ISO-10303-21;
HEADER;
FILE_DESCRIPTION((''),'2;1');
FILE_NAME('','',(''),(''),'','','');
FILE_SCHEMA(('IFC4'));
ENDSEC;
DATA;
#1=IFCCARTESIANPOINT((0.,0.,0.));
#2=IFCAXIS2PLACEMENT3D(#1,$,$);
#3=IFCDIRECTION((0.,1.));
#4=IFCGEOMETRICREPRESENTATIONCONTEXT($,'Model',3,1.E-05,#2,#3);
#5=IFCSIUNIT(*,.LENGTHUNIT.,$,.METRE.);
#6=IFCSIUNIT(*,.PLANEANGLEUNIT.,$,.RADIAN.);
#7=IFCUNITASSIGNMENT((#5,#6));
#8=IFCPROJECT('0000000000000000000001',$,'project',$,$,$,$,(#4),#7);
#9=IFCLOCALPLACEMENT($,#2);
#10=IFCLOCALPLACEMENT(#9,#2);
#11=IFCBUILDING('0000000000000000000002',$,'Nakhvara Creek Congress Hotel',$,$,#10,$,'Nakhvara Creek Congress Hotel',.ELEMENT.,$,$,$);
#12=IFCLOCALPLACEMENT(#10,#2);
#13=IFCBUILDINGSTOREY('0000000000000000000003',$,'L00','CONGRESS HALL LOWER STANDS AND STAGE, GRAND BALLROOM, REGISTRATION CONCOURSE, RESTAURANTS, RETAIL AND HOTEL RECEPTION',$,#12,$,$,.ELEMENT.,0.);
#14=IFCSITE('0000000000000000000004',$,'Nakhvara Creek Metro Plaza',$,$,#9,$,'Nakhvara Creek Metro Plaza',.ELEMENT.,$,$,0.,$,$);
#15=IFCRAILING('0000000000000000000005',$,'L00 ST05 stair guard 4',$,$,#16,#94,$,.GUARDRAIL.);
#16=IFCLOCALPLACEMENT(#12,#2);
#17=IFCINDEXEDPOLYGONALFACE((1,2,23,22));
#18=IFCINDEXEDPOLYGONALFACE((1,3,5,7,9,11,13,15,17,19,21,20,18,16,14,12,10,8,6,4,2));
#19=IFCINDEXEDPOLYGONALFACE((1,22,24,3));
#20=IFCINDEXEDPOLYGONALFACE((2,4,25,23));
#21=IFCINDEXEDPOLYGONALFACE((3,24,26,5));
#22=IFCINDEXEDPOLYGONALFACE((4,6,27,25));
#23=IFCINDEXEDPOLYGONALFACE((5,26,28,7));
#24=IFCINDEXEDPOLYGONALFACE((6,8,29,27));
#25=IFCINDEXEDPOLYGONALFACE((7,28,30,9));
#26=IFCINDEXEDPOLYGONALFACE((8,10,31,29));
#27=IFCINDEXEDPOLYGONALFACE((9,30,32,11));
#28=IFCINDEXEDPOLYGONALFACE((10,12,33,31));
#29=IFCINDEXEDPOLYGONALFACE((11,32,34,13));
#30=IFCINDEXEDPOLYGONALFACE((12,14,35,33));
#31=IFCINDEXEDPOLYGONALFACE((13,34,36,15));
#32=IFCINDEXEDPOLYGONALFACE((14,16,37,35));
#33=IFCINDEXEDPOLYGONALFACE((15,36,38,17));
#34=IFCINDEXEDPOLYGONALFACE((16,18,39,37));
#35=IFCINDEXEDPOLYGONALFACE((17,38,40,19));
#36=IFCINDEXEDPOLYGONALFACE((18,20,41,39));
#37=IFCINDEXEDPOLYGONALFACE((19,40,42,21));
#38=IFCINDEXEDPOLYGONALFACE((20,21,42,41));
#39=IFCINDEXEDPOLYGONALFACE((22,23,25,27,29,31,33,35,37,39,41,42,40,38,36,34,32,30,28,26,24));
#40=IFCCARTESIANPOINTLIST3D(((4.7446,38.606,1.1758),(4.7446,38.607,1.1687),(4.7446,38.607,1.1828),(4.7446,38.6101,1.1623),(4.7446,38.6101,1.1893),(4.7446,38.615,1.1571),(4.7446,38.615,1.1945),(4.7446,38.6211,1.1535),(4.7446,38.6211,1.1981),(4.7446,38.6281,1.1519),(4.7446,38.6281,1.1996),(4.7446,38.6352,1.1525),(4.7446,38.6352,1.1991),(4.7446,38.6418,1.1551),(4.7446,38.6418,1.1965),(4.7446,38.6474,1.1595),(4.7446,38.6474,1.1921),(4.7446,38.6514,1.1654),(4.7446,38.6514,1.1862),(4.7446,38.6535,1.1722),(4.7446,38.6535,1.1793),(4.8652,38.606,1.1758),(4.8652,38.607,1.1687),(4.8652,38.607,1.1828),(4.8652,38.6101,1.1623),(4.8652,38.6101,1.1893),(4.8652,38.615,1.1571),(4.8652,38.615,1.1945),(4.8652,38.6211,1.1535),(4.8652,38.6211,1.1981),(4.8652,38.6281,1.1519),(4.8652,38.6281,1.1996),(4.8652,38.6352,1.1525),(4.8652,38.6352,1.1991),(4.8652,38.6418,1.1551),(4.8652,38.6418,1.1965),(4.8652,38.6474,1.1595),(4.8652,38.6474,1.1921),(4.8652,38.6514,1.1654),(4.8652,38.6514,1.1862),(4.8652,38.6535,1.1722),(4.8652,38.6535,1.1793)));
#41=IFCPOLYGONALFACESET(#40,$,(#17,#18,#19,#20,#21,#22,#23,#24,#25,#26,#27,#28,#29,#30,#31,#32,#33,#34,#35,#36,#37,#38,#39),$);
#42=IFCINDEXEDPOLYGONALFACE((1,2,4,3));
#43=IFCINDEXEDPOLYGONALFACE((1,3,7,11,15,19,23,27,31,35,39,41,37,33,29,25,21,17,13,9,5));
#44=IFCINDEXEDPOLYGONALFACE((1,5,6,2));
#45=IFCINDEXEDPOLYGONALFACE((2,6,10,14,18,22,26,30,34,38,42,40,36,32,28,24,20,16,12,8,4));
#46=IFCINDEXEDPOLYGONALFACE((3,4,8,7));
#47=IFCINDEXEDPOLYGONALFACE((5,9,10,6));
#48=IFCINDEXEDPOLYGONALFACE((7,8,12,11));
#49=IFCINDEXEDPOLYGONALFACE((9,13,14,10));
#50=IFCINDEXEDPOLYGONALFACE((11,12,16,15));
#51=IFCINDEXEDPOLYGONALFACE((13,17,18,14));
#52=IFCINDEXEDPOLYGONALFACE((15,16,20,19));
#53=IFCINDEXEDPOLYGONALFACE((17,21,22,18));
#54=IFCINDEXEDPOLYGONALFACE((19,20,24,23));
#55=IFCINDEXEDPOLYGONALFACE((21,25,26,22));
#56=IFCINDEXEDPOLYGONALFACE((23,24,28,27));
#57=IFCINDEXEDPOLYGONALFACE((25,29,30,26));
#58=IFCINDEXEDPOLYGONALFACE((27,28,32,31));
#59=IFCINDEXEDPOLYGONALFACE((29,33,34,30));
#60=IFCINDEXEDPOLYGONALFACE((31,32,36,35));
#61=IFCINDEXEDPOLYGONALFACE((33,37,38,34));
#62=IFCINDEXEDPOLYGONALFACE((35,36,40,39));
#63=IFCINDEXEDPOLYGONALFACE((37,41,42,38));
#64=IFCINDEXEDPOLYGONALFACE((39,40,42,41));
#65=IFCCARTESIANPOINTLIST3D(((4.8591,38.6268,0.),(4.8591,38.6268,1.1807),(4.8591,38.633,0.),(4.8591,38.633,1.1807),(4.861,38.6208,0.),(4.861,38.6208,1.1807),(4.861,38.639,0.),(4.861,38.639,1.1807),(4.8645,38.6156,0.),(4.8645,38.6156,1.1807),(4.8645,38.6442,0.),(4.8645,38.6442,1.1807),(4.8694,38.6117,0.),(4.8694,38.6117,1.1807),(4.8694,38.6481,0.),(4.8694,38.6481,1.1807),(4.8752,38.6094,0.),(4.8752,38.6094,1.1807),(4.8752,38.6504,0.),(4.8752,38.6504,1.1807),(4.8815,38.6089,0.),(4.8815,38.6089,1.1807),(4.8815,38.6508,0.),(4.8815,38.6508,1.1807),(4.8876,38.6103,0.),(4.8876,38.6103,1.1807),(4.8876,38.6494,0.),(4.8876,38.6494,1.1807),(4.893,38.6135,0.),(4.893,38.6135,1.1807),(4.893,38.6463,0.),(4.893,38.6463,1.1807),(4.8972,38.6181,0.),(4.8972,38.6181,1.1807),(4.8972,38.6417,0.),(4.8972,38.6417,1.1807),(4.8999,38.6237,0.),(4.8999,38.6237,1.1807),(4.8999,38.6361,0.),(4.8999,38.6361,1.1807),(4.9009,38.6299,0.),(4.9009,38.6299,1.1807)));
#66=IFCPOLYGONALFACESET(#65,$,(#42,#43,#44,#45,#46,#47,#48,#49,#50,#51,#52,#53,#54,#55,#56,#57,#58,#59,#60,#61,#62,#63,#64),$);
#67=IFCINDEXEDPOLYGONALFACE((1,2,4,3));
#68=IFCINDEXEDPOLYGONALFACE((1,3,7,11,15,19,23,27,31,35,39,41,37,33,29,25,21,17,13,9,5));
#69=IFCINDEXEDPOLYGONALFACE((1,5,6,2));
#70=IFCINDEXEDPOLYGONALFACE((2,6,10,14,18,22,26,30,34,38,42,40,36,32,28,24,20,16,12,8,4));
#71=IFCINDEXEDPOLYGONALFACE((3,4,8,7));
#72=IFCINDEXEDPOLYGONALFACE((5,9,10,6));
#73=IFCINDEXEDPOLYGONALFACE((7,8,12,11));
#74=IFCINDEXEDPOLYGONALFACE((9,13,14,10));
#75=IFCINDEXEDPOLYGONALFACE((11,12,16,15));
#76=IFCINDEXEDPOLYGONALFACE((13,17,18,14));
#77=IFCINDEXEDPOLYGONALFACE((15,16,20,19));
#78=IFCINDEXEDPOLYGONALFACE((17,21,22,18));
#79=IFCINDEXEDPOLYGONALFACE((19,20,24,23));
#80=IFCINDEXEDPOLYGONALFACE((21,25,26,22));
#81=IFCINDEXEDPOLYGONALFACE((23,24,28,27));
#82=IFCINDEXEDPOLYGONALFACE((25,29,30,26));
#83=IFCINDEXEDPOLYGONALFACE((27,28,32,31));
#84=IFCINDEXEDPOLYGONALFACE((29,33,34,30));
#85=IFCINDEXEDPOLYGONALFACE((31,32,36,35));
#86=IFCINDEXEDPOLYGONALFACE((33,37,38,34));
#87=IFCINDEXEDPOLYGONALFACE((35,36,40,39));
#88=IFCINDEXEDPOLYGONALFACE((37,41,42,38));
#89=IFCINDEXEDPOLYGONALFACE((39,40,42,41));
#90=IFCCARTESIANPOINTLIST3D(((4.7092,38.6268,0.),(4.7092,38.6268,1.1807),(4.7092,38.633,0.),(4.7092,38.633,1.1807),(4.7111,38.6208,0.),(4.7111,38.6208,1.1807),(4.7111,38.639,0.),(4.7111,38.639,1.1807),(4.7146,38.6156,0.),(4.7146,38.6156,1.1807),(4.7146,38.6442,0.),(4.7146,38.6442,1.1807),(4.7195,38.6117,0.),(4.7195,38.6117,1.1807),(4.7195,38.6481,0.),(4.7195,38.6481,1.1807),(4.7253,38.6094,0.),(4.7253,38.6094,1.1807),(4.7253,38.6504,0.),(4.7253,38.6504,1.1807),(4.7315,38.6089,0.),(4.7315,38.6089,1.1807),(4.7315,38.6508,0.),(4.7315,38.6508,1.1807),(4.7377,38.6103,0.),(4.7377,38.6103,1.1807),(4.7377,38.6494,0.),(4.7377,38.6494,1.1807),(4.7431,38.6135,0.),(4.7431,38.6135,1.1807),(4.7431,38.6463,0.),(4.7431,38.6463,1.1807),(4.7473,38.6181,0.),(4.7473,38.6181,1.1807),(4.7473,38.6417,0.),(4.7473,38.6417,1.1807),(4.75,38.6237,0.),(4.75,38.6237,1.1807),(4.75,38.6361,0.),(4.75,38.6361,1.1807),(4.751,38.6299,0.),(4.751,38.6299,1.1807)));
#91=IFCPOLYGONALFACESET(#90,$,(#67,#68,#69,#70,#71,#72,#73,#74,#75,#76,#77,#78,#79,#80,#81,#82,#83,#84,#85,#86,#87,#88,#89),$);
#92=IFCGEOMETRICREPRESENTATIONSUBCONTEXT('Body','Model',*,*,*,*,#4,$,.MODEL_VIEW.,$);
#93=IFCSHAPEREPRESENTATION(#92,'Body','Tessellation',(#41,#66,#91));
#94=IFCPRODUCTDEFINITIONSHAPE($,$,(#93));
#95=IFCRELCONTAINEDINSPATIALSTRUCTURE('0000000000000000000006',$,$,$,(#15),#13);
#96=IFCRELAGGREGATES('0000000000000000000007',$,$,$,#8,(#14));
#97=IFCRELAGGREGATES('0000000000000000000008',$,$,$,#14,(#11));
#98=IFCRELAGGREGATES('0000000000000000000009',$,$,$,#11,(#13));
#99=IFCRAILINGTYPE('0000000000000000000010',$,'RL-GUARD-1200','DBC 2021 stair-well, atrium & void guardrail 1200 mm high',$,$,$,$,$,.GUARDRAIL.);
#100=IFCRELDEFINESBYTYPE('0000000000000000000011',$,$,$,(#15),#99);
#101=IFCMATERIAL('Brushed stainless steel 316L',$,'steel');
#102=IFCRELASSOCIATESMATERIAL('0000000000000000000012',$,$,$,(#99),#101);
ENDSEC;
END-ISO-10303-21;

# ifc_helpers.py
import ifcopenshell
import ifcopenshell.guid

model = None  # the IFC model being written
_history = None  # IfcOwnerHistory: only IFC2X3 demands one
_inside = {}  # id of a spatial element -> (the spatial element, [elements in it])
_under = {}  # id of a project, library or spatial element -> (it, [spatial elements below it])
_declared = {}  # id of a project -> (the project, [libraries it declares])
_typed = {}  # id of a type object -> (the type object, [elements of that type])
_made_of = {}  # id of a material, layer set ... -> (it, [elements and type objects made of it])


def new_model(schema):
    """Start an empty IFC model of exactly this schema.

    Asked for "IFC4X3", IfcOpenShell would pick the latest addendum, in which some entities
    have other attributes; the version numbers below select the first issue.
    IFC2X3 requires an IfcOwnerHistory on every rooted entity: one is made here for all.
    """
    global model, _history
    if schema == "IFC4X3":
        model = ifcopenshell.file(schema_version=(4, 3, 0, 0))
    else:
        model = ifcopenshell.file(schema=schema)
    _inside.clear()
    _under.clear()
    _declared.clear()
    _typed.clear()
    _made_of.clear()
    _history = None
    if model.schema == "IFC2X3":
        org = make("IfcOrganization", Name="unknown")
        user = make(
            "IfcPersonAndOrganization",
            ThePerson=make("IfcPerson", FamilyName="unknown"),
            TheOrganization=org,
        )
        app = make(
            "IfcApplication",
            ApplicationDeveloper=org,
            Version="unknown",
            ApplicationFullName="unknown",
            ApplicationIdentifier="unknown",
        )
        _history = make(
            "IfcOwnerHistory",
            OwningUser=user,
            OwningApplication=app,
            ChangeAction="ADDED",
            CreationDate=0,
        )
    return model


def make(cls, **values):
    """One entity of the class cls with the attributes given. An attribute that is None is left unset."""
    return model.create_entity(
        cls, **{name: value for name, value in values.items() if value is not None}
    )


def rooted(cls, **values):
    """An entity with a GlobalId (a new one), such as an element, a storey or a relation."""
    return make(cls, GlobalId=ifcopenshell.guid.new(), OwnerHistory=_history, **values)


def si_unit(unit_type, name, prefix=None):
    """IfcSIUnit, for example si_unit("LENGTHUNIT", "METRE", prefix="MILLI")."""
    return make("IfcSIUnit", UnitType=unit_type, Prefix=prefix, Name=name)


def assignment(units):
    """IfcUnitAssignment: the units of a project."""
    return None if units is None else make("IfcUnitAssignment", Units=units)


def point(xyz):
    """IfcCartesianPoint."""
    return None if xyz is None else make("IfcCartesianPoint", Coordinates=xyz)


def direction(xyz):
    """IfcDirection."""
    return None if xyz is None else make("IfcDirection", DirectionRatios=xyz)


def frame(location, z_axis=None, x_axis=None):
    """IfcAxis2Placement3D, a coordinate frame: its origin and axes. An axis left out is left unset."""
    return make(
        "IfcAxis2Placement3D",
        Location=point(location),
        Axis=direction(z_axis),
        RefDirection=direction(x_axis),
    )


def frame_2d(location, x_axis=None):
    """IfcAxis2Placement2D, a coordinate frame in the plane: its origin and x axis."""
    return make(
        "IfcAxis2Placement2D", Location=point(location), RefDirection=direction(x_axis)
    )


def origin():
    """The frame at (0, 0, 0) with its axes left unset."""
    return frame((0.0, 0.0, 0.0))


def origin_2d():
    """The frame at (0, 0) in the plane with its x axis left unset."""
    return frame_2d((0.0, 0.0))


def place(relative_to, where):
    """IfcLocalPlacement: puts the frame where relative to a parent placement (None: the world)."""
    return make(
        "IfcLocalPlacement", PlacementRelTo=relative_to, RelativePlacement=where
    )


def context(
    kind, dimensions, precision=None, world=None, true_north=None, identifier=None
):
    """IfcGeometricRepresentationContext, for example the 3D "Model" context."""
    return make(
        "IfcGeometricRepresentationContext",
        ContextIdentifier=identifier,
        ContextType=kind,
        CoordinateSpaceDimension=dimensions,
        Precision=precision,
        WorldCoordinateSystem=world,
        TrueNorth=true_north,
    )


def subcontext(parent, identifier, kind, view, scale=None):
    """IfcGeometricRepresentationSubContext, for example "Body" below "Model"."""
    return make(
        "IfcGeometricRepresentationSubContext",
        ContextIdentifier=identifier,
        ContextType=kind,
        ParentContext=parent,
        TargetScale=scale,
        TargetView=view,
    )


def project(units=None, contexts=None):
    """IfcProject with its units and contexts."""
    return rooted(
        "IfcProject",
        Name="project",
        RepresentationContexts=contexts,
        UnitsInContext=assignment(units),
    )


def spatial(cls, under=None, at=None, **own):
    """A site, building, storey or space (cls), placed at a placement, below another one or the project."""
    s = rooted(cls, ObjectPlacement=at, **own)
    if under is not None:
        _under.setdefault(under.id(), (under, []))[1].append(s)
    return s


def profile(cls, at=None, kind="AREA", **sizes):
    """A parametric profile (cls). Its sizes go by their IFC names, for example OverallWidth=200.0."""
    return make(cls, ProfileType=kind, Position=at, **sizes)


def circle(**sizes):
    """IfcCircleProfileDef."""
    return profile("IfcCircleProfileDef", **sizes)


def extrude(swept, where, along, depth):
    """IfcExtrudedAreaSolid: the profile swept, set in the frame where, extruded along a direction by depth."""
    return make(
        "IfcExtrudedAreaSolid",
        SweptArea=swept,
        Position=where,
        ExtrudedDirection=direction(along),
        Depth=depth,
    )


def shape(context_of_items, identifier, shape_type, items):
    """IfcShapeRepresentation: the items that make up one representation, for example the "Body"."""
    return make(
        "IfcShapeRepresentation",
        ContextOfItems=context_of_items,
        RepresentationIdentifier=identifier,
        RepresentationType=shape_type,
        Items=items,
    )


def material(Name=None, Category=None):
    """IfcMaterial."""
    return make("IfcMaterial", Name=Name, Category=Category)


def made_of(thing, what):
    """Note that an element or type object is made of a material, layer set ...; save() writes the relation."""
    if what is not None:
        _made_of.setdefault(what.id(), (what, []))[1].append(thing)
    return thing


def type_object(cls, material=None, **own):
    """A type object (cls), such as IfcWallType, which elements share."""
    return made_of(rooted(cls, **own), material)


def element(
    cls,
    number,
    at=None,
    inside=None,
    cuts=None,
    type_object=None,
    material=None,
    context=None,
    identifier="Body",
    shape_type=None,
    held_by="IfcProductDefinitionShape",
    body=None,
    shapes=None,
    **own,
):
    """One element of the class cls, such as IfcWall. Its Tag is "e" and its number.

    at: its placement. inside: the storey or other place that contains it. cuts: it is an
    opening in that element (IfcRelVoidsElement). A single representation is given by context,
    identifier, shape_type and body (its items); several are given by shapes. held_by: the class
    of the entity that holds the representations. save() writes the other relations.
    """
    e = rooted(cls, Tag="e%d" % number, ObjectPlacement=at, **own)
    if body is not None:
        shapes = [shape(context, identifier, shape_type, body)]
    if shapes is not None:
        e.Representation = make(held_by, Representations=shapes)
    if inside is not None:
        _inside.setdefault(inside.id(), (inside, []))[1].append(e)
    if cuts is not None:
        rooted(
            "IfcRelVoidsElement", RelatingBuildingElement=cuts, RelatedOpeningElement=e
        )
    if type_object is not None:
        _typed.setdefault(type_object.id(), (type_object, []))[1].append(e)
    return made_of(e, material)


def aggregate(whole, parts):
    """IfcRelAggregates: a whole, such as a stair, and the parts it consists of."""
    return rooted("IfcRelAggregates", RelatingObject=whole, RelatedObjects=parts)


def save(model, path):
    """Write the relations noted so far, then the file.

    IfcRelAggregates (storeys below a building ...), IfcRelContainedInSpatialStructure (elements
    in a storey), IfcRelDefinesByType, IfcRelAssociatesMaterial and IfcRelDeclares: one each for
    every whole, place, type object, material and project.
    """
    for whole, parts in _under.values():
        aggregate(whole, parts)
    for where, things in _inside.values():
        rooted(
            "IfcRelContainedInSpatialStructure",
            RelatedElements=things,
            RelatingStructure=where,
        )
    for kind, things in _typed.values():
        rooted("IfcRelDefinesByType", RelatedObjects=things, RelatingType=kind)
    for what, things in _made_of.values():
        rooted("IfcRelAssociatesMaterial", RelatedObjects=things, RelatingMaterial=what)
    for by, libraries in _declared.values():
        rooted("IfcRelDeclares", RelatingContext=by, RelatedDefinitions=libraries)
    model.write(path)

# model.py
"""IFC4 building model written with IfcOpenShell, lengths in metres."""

from ifc_helpers import new_model, si_unit, direction, frame, origin, origin_2d, place, context, subcontext, project, spatial, circle, extrude, material, type_object, element, save


model = new_model("IFC4")

# Units and contexts
model_context = context("Model", 3, precision=1e-05, world=origin(), true_north=direction((0.0, 1.0)))
body_context = subcontext(model_context, "Body", "Model", "MODEL_VIEW")
ifc_project = project(units=[si_unit("LENGTHUNIT", "METRE"), si_unit("PLANEANGLEUNIT", "RADIAN")], contexts=[model_context])

# Site, building, storey
site_placement = place(None, origin())
site = spatial("IfcSite", under=ifc_project, at=site_placement, Name="Nakhvara Creek Metro Plaza", LongName="Nakhvara Creek Metro Plaza", CompositionType="ELEMENT", RefElevation=0.0)
building_placement = place(site_placement, origin())
building = spatial("IfcBuilding", under=site, at=building_placement, Name="Nakhvara Creek Congress Hotel", LongName="Nakhvara Creek Congress Hotel", CompositionType="ELEMENT")
storey_placement = place(building_placement, origin())
storey = spatial("IfcBuildingStorey", under=building, at=storey_placement, Name="L00", Description="CONGRESS HALL LOWER STANDS AND STAGE, GRAND BALLROOM, REGISTRATION CONCOURSE, RESTAURANTS, RETAIL AND HOTEL RECEPTION", CompositionType="ELEMENT", Elevation=0.0)

# Railing
ifc_material_1 = material(Name="Brushed stainless steel 316L", Category="steel")
railing_type_1 = type_object("IfcRailingType", Name="RL-GUARD-1200", Description="DBC 2021 stair-well, atrium & void guardrail 1200 mm high", PredefinedType="GUARDRAIL", material=ifc_material_1)
railing_1_placement = place(storey_placement, frame((4.8799, 38.6299, 0.0)))
element("IfcRailing", 1, at=railing_1_placement, inside=storey, type_object=railing_type_1, Name="L00 ST05 stair guard 4", PredefinedType="GUARDRAIL", context=body_context, shape_type="SweptSolid", body=[
    extrude(circle(Radius=0.0239, at=origin_2d()), frame((-0.0146, 0.0, 1.1758), z_axis=(-1.0, 0.0, 0.0), x_axis=(0.0, -1.0, 0.0)), (0.0, 0.0, 1.0), 0.1206),
    extrude(circle(Radius=0.021, at=origin_2d()), origin(), (0.0, 0.0, 1.0), 1.1807),
    extrude(circle(Radius=0.021, at=origin_2d()), frame((-0.1499, 0.0, 0.0)), (0.0, 0.0, 1.0), 1.1807),
])

save(model, "model.ifc")
